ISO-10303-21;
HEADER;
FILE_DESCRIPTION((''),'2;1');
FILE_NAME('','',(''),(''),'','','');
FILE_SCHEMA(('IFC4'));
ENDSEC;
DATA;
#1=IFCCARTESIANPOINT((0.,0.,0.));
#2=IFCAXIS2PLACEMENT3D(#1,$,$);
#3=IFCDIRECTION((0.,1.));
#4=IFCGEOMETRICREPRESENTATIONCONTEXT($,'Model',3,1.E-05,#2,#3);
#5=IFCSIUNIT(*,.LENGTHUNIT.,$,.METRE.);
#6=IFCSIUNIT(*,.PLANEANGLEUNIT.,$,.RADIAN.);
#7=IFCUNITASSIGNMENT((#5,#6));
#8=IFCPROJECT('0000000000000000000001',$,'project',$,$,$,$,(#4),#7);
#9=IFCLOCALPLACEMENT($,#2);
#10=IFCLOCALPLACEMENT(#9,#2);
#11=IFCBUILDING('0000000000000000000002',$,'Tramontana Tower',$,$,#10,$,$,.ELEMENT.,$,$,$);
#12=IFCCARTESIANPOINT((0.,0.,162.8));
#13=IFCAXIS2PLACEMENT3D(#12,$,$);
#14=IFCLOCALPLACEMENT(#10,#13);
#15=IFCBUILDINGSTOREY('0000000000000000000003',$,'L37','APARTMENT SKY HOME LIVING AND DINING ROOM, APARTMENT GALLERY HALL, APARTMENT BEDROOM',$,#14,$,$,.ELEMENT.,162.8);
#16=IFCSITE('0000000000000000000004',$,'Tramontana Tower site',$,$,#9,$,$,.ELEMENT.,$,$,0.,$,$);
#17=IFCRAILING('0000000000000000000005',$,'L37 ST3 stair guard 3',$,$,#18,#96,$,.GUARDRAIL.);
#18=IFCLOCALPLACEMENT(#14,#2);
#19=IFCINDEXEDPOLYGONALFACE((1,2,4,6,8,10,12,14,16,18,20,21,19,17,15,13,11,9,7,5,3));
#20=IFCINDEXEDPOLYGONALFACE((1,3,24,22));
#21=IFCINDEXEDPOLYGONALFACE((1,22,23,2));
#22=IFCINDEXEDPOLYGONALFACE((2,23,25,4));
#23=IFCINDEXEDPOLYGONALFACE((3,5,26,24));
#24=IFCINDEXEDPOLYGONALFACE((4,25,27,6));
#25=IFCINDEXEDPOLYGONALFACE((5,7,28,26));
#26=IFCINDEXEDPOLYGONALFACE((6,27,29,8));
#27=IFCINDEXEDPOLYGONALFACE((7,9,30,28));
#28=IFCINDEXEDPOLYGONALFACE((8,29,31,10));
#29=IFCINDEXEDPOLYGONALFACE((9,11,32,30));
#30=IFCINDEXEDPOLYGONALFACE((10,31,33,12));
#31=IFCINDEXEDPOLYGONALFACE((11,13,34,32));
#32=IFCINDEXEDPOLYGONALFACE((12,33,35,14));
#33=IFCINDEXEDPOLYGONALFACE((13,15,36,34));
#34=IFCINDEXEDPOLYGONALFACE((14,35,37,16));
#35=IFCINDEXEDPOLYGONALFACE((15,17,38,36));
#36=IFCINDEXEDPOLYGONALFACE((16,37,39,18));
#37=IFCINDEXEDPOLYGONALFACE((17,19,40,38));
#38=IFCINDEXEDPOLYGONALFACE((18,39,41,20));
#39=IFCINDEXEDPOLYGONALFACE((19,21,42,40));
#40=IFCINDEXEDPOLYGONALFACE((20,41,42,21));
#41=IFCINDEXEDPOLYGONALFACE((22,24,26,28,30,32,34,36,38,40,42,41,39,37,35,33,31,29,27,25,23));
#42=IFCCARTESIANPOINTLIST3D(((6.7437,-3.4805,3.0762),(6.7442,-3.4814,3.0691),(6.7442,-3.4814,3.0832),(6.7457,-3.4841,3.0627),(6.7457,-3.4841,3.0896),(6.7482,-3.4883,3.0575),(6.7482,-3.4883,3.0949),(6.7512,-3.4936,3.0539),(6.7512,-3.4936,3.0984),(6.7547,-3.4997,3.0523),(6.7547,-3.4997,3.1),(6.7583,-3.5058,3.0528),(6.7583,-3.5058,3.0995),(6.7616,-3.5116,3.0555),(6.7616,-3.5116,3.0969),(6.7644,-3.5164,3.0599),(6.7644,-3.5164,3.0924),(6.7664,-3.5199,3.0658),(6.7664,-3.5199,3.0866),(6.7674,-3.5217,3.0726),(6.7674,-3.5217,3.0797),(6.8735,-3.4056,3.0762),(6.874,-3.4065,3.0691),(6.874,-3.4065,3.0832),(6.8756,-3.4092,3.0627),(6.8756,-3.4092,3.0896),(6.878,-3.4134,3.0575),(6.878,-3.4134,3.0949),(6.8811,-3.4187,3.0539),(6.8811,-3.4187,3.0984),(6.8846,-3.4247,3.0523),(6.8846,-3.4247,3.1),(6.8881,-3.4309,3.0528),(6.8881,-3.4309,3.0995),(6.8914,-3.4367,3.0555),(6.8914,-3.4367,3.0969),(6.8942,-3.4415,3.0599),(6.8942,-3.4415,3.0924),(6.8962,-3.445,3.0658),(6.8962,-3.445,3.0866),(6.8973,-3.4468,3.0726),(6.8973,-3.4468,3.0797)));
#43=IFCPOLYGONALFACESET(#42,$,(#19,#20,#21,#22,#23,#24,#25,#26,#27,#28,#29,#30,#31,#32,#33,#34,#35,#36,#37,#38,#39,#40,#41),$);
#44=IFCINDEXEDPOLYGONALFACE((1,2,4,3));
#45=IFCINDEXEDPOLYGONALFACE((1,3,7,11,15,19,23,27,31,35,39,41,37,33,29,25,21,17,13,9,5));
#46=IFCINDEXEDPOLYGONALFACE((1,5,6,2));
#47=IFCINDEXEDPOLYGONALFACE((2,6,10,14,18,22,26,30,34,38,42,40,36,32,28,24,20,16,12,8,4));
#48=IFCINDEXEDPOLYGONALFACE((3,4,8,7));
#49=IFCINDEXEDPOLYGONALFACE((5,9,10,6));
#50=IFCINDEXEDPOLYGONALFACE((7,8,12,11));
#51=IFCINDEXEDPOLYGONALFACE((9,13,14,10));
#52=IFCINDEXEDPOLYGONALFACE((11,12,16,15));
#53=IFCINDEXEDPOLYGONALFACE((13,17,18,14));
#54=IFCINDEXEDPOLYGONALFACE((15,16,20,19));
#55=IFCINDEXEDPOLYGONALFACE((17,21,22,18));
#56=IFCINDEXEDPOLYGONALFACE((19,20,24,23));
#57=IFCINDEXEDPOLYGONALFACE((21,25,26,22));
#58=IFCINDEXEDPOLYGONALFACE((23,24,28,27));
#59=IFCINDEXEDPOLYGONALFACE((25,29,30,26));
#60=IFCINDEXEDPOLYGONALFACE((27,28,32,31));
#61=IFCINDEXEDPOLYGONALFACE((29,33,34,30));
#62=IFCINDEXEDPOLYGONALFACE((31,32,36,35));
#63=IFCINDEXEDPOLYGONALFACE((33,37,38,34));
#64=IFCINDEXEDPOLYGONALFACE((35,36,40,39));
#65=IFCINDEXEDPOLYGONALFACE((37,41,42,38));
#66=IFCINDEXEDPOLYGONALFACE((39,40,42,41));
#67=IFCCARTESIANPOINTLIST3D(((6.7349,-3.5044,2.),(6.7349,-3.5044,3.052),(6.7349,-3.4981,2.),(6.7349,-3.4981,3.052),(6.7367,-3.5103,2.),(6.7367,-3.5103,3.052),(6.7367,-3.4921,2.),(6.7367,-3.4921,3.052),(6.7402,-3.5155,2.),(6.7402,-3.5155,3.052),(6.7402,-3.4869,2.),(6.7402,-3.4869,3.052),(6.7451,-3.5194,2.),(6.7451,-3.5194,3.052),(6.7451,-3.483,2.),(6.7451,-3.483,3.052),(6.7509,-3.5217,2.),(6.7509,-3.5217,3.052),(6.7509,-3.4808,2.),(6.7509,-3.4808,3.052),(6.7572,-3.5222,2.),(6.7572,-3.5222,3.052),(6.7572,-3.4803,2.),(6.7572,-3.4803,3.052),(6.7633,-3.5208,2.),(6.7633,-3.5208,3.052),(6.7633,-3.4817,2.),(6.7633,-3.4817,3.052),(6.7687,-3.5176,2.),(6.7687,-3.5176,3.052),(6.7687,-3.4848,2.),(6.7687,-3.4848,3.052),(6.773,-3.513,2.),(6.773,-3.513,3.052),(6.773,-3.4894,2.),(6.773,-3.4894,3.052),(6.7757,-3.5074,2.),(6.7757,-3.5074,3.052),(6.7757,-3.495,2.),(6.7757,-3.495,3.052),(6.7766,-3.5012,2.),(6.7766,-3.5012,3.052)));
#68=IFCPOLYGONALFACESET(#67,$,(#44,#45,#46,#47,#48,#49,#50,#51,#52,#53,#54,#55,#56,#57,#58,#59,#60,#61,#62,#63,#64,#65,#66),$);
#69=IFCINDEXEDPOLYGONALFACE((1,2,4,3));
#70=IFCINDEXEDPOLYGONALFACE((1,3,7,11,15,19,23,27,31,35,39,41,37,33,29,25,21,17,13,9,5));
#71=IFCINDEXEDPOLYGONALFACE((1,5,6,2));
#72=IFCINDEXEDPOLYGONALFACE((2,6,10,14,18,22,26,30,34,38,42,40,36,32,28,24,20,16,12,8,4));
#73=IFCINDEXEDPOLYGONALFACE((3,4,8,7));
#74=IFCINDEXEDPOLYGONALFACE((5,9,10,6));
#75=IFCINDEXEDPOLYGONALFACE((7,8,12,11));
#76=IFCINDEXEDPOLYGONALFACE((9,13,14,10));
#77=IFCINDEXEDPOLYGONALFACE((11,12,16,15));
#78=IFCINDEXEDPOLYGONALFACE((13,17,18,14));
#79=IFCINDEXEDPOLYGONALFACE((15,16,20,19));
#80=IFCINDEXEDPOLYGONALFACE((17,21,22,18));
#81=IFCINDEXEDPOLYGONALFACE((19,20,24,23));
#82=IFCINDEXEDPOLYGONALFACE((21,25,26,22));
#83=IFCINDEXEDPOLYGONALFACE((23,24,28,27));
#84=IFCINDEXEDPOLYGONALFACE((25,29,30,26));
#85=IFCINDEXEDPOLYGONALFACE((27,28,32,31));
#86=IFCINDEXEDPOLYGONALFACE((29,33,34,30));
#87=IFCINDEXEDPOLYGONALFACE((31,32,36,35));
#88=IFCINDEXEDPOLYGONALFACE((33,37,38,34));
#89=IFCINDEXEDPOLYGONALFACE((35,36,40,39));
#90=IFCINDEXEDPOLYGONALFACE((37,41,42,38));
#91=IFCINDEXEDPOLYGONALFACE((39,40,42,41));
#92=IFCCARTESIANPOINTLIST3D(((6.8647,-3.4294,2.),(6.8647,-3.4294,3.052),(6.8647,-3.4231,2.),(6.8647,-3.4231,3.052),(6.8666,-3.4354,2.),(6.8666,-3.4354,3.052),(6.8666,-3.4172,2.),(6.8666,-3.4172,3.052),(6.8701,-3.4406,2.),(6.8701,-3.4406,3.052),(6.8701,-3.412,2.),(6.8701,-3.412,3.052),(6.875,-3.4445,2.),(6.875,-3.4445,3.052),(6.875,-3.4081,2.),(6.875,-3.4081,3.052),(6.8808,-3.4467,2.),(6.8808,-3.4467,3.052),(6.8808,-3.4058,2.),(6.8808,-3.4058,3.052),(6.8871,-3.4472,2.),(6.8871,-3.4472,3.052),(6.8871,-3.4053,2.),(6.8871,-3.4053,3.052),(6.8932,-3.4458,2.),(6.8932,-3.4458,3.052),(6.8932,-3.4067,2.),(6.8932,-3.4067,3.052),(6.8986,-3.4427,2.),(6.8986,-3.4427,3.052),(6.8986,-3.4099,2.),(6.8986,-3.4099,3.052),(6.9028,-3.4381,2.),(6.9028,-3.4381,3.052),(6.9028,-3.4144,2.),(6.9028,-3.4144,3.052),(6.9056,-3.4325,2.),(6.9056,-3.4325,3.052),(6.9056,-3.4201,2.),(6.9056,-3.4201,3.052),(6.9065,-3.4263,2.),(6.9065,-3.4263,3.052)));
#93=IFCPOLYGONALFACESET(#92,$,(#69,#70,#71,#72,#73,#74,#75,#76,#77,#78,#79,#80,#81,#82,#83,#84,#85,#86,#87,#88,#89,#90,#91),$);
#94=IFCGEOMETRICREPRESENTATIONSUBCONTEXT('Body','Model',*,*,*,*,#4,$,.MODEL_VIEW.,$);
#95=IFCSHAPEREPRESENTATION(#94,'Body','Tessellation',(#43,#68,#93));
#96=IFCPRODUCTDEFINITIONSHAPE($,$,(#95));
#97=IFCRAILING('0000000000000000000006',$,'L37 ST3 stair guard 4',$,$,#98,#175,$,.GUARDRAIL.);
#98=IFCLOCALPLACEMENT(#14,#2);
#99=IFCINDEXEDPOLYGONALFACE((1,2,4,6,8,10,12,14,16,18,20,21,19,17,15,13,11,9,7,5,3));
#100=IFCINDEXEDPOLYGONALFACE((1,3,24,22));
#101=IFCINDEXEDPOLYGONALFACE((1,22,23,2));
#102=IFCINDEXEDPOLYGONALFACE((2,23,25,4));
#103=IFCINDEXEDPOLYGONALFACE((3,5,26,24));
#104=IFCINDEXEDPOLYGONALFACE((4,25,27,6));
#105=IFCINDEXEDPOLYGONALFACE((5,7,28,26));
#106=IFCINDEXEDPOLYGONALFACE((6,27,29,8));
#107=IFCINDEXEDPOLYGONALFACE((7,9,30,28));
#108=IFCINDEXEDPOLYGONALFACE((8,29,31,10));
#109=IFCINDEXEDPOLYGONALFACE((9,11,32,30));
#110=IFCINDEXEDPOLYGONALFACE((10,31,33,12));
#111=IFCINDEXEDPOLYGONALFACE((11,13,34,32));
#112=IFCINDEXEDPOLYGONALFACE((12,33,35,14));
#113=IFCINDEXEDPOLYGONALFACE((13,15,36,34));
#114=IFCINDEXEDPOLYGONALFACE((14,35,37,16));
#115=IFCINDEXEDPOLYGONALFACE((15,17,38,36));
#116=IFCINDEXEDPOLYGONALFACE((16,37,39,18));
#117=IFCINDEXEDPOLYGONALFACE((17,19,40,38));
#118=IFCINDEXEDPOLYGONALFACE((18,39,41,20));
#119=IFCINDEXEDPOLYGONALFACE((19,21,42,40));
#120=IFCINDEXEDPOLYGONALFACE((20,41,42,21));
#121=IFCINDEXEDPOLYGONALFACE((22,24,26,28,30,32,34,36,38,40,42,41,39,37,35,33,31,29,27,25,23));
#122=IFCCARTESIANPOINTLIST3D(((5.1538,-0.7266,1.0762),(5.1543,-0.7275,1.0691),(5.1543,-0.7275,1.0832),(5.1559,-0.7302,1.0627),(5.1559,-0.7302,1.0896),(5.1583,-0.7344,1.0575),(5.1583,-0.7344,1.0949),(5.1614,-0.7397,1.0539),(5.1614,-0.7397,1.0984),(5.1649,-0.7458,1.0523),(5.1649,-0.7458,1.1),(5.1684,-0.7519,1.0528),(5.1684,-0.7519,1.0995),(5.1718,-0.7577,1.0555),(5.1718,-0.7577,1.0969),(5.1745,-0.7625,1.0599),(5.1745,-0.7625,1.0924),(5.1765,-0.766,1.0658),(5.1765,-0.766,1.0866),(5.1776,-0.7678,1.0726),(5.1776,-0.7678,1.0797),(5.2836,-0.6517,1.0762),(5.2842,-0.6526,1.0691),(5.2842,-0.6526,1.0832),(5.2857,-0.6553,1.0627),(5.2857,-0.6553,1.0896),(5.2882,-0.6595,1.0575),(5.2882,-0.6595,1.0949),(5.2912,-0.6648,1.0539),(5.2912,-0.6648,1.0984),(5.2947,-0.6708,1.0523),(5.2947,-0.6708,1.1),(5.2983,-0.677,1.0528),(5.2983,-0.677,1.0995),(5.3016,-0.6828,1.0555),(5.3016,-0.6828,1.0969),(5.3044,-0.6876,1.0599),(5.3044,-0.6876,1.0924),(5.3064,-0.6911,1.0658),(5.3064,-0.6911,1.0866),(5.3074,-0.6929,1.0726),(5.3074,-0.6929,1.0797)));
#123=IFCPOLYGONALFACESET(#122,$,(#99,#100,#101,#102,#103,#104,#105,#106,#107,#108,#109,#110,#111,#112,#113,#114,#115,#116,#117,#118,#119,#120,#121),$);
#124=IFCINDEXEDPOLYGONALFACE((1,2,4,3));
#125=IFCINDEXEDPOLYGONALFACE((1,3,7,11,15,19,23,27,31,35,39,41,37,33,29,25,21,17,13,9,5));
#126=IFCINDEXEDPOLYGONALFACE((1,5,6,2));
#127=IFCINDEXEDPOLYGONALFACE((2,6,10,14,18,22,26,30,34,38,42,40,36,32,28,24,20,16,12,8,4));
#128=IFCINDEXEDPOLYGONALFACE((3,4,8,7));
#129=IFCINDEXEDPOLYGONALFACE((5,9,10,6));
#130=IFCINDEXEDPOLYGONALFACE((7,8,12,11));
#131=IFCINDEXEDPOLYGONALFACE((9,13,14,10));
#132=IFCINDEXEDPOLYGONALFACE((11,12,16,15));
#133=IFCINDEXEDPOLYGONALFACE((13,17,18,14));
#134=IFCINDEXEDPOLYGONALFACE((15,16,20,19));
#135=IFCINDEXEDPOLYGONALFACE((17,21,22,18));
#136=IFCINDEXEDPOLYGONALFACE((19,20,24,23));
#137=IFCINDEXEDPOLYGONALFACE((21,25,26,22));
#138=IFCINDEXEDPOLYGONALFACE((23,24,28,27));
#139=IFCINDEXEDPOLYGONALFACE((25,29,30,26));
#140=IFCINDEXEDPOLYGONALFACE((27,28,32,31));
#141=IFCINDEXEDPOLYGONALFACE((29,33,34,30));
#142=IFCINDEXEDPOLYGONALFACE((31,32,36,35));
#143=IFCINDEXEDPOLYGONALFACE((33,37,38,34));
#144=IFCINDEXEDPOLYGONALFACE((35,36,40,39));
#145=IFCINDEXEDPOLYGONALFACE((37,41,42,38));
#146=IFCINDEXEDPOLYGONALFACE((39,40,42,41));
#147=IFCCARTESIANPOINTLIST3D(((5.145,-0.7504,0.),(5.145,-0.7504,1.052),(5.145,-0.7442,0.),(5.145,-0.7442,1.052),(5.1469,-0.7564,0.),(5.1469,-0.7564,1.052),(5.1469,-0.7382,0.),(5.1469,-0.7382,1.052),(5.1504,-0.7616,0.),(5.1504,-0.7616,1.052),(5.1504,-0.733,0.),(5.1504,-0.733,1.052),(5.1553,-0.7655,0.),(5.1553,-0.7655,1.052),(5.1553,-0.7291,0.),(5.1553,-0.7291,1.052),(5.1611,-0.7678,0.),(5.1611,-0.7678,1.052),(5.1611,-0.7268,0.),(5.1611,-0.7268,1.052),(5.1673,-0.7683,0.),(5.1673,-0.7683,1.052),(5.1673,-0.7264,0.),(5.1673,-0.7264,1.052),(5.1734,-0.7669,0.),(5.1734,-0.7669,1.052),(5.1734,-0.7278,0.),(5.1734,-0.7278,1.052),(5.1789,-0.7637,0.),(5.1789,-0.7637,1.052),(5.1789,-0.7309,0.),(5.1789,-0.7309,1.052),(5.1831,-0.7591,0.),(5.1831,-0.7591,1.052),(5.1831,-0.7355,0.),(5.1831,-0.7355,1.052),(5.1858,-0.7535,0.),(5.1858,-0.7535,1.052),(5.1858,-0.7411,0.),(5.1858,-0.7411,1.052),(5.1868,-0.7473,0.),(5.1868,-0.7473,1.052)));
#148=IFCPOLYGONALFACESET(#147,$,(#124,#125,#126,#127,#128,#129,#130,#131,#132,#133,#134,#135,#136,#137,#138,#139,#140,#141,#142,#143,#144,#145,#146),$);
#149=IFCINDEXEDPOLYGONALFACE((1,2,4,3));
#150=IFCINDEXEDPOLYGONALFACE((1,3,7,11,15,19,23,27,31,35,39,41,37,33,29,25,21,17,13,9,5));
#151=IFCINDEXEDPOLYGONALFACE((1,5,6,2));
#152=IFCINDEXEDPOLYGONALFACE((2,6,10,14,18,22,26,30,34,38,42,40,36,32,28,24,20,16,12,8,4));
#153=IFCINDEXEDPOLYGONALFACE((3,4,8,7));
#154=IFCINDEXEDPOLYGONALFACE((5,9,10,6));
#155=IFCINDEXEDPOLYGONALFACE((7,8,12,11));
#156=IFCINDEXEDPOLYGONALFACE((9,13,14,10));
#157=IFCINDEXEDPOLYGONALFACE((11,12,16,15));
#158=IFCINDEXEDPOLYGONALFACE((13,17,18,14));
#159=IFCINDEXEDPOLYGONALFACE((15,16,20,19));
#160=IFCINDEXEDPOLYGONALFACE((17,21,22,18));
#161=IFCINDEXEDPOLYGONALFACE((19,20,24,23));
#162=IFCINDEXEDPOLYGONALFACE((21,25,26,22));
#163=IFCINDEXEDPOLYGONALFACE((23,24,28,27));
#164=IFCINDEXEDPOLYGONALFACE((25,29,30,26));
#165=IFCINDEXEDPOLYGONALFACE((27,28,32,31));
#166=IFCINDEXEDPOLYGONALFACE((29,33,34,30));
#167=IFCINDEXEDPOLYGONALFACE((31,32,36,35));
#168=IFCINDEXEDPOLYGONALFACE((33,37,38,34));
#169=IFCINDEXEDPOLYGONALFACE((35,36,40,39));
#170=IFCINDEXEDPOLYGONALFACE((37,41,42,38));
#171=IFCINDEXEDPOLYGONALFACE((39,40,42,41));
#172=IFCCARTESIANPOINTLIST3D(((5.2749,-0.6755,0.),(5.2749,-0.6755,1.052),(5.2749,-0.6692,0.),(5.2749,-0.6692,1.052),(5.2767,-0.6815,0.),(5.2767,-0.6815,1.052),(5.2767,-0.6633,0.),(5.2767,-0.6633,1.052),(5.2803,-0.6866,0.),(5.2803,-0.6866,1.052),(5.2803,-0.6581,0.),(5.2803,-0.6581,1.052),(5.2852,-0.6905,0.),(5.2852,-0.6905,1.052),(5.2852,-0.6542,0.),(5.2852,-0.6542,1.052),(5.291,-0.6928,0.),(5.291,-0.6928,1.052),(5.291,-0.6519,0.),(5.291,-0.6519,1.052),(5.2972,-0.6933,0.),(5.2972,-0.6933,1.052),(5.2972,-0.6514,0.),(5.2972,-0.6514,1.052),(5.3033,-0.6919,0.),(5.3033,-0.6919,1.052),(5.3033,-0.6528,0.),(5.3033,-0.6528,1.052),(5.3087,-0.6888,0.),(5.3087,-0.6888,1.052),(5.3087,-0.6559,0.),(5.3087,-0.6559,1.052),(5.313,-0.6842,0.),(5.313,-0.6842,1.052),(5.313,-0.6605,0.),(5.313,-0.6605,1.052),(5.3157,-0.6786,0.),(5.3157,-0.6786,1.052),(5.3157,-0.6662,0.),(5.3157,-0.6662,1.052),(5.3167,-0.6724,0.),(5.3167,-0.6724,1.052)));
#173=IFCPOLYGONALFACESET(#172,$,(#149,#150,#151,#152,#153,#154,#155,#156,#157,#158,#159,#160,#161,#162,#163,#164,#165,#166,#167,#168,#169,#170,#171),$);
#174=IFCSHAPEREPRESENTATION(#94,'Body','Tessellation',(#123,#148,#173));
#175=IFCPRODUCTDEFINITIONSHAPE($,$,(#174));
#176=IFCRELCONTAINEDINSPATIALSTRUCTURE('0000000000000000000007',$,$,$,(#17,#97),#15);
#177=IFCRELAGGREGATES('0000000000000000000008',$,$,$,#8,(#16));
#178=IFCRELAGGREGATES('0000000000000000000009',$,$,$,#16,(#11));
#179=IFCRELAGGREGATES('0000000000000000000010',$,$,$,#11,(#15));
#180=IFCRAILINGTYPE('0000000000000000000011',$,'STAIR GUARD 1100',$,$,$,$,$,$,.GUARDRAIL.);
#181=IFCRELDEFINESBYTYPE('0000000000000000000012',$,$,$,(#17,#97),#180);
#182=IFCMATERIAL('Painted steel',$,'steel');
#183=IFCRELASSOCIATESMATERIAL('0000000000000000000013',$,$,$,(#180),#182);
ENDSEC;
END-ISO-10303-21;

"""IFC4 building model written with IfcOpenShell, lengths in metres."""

from ifc_helpers import new_model, si_unit, direction, frame, origin, origin_2d, place, context, subcontext, project, spatial, circle, extrude, material, type_object, element, save


model = new_model("IFC4")

# Units and contexts
model_context = context("Model", 3, precision=1e-05, world=origin(), true_north=direction((0.0, 1.0)))
body_context = subcontext(model_context, "Body", "Model", "MODEL_VIEW")
ifc_project = project(units=[si_unit("LENGTHUNIT", "METRE"), si_unit("PLANEANGLEUNIT", "RADIAN")], contexts=[model_context])

# Site, building, storey
site_placement = place(None, origin())
site = spatial("IfcSite", under=ifc_project, at=site_placement, Name="Tramontana Tower site", CompositionType="ELEMENT", RefElevation=0.0)
building_placement = place(site_placement, origin())
building = spatial("IfcBuilding", under=site, at=building_placement, Name="Tramontana Tower", CompositionType="ELEMENT")
storey_placement = place(building_placement, frame((0.0, 0.0, 162.8)))
storey = spatial("IfcBuildingStorey", under=building, at=storey_placement, Name="L37", Description="APARTMENT SKY HOME LIVING AND DINING ROOM, APARTMENT GALLERY HALL, APARTMENT BEDROOM", CompositionType="ELEMENT", Elevation=162.8)

# Railings
ifc_material_1 = material(Name="Painted steel", Category="steel")
railing_type_1 = type_object("IfcRailingType", Name="STAIR GUARD 1100", PredefinedType="GUARDRAIL", material=ifc_material_1)
for number, where, name in (
    (1, (6.7556, -3.5012, 2.0), "L37 ST3 stair guard 3"),
    (2, (5.1658, -0.7473, 0.0), "L37 ST3 stair guard 4"),
):
    element("IfcRailing", number, at=place(storey_placement, frame(where)), inside=storey, type_object=railing_type_1, Name=name, PredefinedType="GUARDRAIL", context=body_context, shape_type="SweptSolid", body=[
        extrude(circle(Radius=0.0239, at=origin_2d()), frame((0.0, 0.0, 1.0762), z_axis=(0.866131, 0.499816, 0.0), x_axis=(-0.499816, 0.866131, 0.0)), (0.0, 0.0, 1.0), 0.1499),
        extrude(circle(Radius=0.021, at=origin_2d()), origin(), (0.0, 0.0, 1.0), 1.052),
        extrude(circle(Radius=0.021, at=origin_2d()), frame((0.1299, 0.075, 0.0)), (0.0, 0.0, 1.0), 1.052),
    ])

save(model, "model.ifc")
